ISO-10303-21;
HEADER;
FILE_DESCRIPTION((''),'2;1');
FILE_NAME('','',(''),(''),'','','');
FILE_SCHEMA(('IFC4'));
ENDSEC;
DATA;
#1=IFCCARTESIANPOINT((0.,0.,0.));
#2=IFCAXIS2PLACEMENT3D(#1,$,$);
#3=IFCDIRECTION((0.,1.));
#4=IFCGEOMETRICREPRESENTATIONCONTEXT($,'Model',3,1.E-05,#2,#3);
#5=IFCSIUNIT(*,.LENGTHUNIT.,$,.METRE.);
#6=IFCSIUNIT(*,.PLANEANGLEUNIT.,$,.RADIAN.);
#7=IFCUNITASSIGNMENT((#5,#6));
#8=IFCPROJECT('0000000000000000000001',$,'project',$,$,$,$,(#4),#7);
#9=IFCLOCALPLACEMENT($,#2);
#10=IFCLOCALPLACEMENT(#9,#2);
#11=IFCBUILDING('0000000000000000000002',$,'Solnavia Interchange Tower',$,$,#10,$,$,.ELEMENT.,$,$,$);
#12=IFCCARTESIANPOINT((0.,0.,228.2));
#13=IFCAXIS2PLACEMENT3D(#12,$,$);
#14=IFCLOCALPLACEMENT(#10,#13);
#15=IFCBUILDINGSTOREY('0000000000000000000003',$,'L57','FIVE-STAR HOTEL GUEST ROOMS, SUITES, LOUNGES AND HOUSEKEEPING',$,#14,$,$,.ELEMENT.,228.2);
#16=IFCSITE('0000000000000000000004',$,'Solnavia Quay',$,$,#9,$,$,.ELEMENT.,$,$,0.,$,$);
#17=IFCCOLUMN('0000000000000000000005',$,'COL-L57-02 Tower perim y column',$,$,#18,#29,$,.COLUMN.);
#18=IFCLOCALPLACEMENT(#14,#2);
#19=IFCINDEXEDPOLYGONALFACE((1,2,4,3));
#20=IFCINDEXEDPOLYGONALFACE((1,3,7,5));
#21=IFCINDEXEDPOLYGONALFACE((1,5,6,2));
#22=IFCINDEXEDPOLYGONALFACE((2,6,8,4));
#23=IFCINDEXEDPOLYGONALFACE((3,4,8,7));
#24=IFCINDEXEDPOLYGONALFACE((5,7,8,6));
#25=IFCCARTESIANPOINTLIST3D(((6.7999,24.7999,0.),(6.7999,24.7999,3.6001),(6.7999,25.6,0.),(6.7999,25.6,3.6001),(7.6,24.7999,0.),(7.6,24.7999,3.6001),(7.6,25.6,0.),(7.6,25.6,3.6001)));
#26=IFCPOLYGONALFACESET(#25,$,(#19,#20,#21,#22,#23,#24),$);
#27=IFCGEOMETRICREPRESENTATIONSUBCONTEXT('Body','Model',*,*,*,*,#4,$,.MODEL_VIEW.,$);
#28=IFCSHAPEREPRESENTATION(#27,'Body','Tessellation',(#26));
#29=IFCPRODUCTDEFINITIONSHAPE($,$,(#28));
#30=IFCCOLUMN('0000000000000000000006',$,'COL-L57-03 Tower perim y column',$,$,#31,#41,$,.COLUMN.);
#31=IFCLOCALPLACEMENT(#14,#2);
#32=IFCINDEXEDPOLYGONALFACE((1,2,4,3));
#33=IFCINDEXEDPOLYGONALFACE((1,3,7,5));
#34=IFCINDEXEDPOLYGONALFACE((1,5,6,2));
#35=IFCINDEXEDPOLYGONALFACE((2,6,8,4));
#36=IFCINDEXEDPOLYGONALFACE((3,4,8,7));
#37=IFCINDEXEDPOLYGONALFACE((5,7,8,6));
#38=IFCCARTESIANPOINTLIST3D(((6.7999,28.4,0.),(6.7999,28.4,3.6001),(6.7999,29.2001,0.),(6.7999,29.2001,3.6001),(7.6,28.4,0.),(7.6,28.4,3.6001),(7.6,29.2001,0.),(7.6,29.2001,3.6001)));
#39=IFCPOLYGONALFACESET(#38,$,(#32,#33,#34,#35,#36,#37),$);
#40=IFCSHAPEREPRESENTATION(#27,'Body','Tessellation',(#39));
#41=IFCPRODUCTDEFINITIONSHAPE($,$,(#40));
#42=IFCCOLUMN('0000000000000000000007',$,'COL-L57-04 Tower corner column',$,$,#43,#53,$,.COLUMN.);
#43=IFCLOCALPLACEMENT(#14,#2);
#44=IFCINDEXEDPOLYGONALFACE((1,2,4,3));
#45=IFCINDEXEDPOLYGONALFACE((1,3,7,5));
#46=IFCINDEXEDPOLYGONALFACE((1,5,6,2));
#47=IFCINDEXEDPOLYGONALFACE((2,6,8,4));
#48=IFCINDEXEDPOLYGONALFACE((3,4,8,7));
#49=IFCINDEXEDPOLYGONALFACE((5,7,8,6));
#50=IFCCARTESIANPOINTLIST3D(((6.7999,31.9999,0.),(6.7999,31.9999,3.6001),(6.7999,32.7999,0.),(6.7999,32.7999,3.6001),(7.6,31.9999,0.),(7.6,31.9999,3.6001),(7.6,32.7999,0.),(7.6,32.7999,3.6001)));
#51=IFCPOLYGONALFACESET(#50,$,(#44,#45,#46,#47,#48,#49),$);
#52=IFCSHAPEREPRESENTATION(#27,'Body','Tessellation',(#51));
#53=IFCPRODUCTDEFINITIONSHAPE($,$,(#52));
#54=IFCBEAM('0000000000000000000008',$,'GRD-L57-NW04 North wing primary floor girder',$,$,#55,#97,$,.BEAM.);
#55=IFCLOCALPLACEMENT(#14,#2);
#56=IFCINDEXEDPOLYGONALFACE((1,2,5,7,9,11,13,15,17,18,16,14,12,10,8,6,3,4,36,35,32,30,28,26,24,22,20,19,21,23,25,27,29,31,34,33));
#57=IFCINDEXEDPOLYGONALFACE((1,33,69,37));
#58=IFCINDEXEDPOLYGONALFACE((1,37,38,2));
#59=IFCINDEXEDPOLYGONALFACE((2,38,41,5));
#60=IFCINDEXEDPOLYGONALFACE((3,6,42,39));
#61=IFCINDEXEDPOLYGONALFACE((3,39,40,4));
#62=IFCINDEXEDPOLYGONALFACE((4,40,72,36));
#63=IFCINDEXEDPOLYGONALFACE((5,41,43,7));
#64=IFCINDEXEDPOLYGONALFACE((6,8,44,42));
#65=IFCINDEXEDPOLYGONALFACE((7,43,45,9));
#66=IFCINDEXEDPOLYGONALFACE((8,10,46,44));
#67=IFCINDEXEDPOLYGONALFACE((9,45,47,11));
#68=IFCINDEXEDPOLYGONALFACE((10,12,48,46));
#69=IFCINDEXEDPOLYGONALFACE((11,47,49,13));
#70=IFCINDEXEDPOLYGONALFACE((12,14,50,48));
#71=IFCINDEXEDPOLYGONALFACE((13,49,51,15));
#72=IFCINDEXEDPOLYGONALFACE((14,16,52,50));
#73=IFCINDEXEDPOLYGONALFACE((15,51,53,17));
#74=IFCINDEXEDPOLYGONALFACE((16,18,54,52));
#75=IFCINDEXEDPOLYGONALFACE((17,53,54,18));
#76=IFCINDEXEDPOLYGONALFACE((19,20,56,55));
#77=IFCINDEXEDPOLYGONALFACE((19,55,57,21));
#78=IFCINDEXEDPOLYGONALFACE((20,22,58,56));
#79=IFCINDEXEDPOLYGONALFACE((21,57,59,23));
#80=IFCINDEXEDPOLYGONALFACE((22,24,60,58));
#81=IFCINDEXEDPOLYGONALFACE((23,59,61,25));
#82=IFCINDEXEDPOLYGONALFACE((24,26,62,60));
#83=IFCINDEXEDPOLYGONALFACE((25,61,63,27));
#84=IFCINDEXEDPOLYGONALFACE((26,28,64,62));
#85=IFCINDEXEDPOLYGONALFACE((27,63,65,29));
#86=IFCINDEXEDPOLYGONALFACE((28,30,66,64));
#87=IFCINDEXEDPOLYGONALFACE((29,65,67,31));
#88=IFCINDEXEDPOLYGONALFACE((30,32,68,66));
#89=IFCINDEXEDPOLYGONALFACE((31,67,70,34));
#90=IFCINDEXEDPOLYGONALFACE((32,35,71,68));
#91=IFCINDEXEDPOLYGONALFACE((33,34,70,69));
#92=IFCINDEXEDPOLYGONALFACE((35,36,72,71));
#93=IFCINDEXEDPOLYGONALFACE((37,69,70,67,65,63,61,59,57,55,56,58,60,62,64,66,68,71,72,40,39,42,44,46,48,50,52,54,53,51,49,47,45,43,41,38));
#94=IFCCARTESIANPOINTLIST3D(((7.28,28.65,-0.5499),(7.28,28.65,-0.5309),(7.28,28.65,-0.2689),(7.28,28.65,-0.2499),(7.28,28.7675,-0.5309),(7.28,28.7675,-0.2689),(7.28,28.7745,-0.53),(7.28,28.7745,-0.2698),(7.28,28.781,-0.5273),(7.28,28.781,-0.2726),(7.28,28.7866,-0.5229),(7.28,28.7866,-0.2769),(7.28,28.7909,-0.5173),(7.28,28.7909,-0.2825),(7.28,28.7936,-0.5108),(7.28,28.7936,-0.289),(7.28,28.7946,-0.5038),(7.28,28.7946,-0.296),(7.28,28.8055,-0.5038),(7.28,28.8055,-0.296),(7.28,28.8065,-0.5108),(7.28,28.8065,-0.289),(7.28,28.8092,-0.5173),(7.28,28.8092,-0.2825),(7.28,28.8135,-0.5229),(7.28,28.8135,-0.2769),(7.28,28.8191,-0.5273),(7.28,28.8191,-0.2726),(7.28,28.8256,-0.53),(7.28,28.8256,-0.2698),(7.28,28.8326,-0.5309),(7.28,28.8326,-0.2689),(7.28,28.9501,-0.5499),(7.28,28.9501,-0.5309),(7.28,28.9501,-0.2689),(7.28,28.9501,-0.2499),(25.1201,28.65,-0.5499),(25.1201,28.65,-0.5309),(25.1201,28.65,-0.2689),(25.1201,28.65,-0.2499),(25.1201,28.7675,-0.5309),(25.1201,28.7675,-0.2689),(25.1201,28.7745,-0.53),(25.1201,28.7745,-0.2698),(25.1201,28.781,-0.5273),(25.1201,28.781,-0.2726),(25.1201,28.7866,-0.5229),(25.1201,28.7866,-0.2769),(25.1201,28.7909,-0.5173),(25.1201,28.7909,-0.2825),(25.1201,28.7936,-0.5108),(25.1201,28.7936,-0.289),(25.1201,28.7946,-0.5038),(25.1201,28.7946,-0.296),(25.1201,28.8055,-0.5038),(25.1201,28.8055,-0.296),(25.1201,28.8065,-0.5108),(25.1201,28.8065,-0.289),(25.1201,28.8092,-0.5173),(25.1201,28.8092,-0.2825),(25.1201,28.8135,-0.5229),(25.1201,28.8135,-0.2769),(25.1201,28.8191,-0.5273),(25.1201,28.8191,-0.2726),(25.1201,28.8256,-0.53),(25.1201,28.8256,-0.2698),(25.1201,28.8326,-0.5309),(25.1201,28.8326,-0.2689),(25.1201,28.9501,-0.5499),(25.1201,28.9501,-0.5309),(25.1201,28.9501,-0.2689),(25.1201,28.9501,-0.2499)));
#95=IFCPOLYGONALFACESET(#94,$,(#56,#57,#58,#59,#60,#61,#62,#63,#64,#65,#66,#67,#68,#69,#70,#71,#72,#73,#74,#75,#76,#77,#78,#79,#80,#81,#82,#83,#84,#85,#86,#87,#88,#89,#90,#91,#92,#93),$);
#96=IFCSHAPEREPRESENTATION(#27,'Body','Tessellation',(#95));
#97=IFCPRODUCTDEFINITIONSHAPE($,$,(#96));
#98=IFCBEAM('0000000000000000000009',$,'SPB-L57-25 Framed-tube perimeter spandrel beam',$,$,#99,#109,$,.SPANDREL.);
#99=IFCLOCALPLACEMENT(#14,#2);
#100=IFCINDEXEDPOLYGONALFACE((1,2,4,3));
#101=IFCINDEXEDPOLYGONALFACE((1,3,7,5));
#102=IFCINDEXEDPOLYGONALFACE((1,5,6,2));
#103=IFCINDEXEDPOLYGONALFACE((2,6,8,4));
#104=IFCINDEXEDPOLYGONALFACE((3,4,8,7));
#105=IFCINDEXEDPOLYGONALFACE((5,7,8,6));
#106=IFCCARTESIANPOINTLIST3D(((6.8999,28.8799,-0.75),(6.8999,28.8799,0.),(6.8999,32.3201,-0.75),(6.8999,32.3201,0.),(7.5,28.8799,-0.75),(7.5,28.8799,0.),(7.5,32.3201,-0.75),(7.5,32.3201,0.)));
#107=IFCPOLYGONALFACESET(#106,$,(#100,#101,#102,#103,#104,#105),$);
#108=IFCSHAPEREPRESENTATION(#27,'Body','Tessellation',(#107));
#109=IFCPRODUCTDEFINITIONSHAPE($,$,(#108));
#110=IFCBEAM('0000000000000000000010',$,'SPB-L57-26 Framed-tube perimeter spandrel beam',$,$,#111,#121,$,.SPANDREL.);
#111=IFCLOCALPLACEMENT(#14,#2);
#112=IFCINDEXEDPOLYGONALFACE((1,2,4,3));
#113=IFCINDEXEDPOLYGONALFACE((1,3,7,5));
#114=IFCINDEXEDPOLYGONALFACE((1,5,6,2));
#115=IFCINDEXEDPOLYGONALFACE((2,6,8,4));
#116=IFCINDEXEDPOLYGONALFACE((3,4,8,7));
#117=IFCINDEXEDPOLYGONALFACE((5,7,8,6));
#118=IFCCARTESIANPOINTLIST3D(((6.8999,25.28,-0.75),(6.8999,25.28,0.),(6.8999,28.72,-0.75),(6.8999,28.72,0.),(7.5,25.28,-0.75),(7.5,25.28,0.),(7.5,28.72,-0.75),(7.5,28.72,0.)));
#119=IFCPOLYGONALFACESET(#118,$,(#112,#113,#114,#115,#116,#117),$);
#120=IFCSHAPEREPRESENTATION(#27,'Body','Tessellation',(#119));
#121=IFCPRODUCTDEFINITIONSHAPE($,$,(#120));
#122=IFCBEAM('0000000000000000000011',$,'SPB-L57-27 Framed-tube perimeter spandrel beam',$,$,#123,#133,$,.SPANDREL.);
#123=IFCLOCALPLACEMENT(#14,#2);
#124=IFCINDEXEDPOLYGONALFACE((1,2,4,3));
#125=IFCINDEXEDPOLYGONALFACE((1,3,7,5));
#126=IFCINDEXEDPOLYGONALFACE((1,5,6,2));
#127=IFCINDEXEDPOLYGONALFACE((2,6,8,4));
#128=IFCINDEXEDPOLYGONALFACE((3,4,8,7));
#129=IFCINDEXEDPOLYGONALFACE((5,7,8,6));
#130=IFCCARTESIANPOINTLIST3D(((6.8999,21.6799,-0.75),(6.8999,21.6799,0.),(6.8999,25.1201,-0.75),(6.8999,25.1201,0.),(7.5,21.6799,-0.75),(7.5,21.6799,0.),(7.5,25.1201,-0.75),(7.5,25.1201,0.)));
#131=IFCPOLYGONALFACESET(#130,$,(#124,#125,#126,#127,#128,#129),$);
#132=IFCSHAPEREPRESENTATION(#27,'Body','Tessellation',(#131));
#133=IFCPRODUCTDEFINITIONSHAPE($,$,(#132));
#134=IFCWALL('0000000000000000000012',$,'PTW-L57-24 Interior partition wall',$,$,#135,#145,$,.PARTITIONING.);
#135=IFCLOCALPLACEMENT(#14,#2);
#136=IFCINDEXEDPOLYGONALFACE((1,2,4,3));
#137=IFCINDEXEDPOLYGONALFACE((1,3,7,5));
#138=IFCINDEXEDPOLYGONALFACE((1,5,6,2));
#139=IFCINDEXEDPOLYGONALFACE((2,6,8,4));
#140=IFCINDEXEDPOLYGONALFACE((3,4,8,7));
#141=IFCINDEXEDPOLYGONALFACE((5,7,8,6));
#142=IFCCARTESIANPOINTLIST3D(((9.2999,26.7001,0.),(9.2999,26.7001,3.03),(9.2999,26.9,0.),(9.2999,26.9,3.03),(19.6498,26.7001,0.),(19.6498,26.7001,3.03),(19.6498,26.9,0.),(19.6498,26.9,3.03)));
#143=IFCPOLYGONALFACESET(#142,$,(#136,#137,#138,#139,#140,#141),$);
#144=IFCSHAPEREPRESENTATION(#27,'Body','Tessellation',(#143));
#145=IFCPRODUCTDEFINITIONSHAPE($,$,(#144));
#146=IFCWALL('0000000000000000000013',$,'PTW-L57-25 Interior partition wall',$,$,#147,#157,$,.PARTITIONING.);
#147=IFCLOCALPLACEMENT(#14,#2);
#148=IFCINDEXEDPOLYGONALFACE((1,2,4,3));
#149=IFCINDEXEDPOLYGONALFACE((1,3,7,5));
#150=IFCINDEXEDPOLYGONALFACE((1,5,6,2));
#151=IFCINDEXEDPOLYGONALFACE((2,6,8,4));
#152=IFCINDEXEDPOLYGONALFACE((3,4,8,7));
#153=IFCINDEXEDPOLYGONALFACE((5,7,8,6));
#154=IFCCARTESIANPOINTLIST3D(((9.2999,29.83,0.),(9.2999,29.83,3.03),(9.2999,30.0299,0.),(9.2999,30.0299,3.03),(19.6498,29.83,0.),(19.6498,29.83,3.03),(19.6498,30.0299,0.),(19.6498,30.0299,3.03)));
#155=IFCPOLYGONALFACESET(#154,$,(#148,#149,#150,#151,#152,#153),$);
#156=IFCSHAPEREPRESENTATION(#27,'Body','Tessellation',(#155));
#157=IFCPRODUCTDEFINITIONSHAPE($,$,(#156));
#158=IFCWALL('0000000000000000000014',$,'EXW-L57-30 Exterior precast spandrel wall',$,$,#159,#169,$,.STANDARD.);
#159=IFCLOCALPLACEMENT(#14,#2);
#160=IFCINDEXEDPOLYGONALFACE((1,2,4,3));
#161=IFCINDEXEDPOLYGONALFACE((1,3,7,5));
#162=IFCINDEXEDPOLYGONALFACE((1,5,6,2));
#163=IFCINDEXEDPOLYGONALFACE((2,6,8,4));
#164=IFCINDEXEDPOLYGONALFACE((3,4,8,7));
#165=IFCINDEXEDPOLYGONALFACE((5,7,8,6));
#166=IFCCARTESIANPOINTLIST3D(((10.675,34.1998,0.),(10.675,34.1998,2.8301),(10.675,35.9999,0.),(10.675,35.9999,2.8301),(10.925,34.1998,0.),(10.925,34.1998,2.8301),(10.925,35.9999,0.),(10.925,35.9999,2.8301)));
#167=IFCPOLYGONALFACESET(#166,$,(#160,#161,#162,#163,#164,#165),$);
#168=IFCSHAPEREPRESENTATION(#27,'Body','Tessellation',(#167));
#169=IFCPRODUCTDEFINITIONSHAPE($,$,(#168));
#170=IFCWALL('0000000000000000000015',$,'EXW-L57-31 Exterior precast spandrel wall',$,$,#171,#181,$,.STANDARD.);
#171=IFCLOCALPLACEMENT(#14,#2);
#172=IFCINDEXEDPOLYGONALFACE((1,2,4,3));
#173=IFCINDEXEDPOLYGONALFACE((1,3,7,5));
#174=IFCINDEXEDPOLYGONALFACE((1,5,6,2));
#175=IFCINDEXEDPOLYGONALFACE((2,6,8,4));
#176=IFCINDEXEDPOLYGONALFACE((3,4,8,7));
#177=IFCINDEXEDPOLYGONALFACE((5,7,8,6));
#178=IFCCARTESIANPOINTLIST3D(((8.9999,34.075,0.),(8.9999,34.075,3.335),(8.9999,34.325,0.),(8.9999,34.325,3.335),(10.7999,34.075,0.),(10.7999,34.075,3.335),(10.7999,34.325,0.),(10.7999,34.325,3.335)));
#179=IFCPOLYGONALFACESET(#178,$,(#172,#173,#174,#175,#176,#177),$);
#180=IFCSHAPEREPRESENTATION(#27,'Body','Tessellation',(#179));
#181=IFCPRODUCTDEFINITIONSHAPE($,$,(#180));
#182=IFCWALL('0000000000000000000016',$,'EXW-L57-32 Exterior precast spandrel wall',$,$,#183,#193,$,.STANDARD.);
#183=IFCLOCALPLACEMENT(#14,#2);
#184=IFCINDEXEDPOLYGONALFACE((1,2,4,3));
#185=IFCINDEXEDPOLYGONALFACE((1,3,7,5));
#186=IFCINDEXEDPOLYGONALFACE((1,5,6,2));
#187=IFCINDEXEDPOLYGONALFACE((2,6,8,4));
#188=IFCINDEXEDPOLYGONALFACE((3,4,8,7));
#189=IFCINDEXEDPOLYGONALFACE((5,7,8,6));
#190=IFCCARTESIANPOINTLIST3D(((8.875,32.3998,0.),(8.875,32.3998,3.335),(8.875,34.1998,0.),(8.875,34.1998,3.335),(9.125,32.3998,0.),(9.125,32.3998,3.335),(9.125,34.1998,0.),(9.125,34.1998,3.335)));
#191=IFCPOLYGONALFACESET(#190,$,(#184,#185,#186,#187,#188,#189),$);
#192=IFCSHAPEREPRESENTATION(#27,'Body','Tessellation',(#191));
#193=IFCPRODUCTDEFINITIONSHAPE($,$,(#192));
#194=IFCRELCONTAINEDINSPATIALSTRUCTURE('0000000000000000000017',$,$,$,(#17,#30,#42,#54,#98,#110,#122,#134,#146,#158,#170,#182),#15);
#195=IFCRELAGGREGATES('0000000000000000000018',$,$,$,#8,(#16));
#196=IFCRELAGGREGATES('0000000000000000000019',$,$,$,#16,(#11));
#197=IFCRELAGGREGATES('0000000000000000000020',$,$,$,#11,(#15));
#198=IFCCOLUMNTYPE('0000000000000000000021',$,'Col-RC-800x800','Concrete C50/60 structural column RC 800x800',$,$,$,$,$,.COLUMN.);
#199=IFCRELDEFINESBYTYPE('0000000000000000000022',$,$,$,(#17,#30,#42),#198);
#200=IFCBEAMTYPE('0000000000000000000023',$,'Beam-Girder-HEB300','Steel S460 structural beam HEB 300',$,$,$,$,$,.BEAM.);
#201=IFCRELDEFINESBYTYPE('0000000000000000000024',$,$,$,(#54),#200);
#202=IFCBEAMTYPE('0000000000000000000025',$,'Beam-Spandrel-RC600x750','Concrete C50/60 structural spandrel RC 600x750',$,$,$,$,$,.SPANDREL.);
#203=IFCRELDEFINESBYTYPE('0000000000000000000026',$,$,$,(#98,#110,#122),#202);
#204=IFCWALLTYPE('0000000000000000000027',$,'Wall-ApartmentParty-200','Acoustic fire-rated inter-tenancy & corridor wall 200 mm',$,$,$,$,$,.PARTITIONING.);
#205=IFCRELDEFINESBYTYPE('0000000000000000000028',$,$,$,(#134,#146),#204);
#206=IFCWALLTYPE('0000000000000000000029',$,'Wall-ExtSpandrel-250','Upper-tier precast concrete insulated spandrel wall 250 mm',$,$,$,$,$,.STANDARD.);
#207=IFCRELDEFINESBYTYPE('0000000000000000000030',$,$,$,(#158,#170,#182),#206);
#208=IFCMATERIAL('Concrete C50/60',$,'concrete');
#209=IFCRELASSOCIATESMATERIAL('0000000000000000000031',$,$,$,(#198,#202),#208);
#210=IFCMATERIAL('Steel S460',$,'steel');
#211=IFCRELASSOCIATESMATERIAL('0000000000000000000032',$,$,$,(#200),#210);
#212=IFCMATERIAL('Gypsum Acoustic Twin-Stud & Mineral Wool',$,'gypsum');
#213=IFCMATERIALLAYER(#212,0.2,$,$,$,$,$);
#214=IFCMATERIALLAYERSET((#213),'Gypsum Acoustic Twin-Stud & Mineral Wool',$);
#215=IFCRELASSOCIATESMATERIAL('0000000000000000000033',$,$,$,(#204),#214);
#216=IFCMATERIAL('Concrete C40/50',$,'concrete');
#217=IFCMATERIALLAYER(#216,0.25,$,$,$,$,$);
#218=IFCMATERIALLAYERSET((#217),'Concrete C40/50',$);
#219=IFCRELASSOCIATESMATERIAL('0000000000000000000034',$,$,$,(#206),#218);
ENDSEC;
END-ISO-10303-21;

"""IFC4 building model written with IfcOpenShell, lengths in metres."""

from ifc_helpers import new_model, si_unit, direction, frame, frame_2d, origin, origin_2d, place, context, subcontext, project, spatial, rectangle, i_section, extrude, material, layer, layer_set, material_profile, profile_set, type_object, element, save


model = new_model("IFC4")

# Units and contexts
model_context = context("Model", 3, precision=1e-05, world=origin(), true_north=direction((0.0, 1.0)))
body_context = subcontext(model_context, "Body", "Model", "MODEL_VIEW")
ifc_project = project(units=[si_unit("LENGTHUNIT", "METRE"), si_unit("PLANEANGLEUNIT", "RADIAN")], contexts=[model_context])

# Site, building, storey
site_placement = place(None, origin())
site = spatial("IfcSite", under=ifc_project, at=site_placement, Name="Solnavia Quay", CompositionType="ELEMENT", RefElevation=0.0)
building_placement = place(site_placement, origin())
building = spatial("IfcBuilding", under=site, at=building_placement, Name="Solnavia Interchange Tower", CompositionType="ELEMENT")
storey_placement = place(building_placement, frame((0.0, 0.0, 228.2)))
storey = spatial("IfcBuildingStorey", under=building, at=storey_placement, Name="L57", Description="FIVE-STAR HOTEL GUEST ROOMS, SUITES, LOUNGES AND HOUSEKEEPING", CompositionType="ELEMENT", Elevation=228.2)

# Columns
ifc_material_1 = material(Name="Concrete C50/60", Category="concrete")
ifc_material_profile_1 = material_profile(ifc_material_1, rectangle(XDim=0.8, YDim=0.8, at=origin_2d()), Name="RC 800x800")
ifc_profile_set_1 = profile_set([ifc_material_profile_1], Name="Concrete C50/60")
column_type = type_object("IfcColumnType", Name="Col-RC-800x800", Description="Concrete C50/60 structural column RC 800x800", PredefinedType="COLUMN", material=ifc_profile_set_1)
for number, where, z_axis, x_axis, name in (
    (1, (7.2, 25.2, 0.0), (0.0, 0.0, 1.0), (0.0, 1.0, 0.0), "COL-L57-02 Tower perim y column"),
    (2, (7.2, 28.8, 0.0), (0.0, 0.0, 1.0), (0.0, 1.0, 0.0), "COL-L57-03 Tower perim y column"),
    (3, (7.2, 32.3999, 0.0), (0.0, 0.0, 1.0), (0.0, 1.0, 0.0), "COL-L57-04 Tower corner column"),
):
    element("IfcColumn", number, at=place(storey_placement, frame(where, z_axis=z_axis, x_axis=x_axis)), inside=storey, type_object=column_type, Name=name, PredefinedType="COLUMN", context=body_context, shape_type="SweptSolid", body=[
        extrude(rectangle(XDim=0.8, YDim=0.8, at=origin_2d()), origin(), (0.0, 0.0, 1.0), 3.6001),
    ])

# Beams
ifc_material_2 = material(Name="Steel S460", Category="steel")
ifc_material_profile_2 = material_profile(ifc_material_2, i_section(OverallWidth=0.3, OverallDepth=0.3, WebThickness=0.011, FlangeThickness=0.019, FilletRadius=0.0271, at=origin_2d()), Name="HEB 300")
ifc_profile_set_2 = profile_set([ifc_material_profile_2], Name="Steel S460")
beam_type_1 = type_object("IfcBeamType", Name="Beam-Girder-HEB300", Description="Steel S460 structural beam HEB 300", PredefinedType="BEAM", material=ifc_profile_set_2)
beam_1_placement = place(storey_placement, frame((7.28, 28.8, -0.3999), z_axis=(1.0, 0.0, 0.0), x_axis=(0.0, 1.0, 0.0)))
element("IfcBeam", 4, at=beam_1_placement, inside=storey, type_object=beam_type_1, Name="GRD-L57-NW04 North wing primary floor girder", PredefinedType="BEAM", context=body_context, shape_type="SweptSolid", body=[
    extrude(i_section(OverallWidth=0.3, OverallDepth=0.3, WebThickness=0.011, FlangeThickness=0.019, FilletRadius=0.0271, at=origin_2d()), origin(), (0.0, 0.0, 1.0), 17.8401),
])
ifc_material_profile_3 = material_profile(ifc_material_1, rectangle(XDim=0.6001, YDim=0.75, at=origin_2d()), Name="RC 600x750")
ifc_profile_set_3 = profile_set([ifc_material_profile_3], Name="Concrete C50/60")
beam_type_2 = type_object("IfcBeamType", Name="Beam-Spandrel-RC600x750", Description="Concrete C50/60 structural spandrel RC 600x750", PredefinedType="SPANDREL", material=ifc_profile_set_3)
beam_2_placement = place(storey_placement, frame((7.2, 32.3201, -0.375), z_axis=(0.0, -1.0, 0.0), x_axis=(1.0, 0.0, 0.0)))
element("IfcBeam", 5, at=beam_2_placement, inside=storey, type_object=beam_type_2, Name="SPB-L57-25 Framed-tube perimeter spandrel beam", PredefinedType="SPANDREL", context=body_context, shape_type="SweptSolid", body=[
    extrude(rectangle(XDim=0.6001, YDim=0.75, at=origin_2d()), origin(), (0.0, 0.0, 1.0), 3.4402),
])
beam_3_placement = place(storey_placement, frame((7.2, 28.72, -0.375), z_axis=(0.0, -1.0, 0.0), x_axis=(1.0, 0.0, 0.0)))
element("IfcBeam", 6, at=beam_3_placement, inside=storey, type_object=beam_type_2, Name="SPB-L57-26 Framed-tube perimeter spandrel beam", PredefinedType="SPANDREL", context=body_context, shape_type="SweptSolid", body=[
    extrude(rectangle(XDim=0.6001, YDim=0.75, at=origin_2d()), origin(), (0.0, 0.0, 1.0), 3.4399),
])
beam_4_placement = place(storey_placement, frame((7.2, 25.1201, -0.375), z_axis=(0.0, -1.0, 0.0), x_axis=(1.0, 0.0, 0.0)))
element("IfcBeam", 7, at=beam_4_placement, inside=storey, type_object=beam_type_2, Name="SPB-L57-27 Framed-tube perimeter spandrel beam", PredefinedType="SPANDREL", context=body_context, shape_type="SweptSolid", body=[
    extrude(rectangle(XDim=0.6001, YDim=0.75, at=origin_2d()), origin(), (0.0, 0.0, 1.0), 3.4402),
])

# Walls
ifc_material_3 = material(Name="Gypsum Acoustic Twin-Stud & Mineral Wool", Category="gypsum")
ifc_layer_1 = layer(ifc_material_3, 0.2)
ifc_layer_set_1 = layer_set([ifc_layer_1], Name="Gypsum Acoustic Twin-Stud & Mineral Wool")
wall_type_1 = type_object("IfcWallType", Name="Wall-ApartmentParty-200", Description="Acoustic fire-rated inter-tenancy & corridor wall 200 mm", PredefinedType="PARTITIONING", material=ifc_layer_set_1)
for number, where, z_axis, x_axis, name in (
    (8, (9.3, 26.8, 0.0), (0.0, 0.0, 1.0), (1.0, 0.0, 0.0), "PTW-L57-24 Interior partition wall"),
    (9, (9.3, 29.9299, 0.0), (0.0, 0.0, 1.0), (1.0, 0.0, 0.0), "PTW-L57-25 Interior partition wall"),
):
    element("IfcWall", number, at=place(storey_placement, frame(where, z_axis=z_axis, x_axis=x_axis)), inside=storey, type_object=wall_type_1, Name=name, PredefinedType="PARTITIONING", context=body_context, shape_type="SweptSolid", body=[
        extrude(rectangle(XDim=10.3499, YDim=0.2, at=frame_2d((5.1748, 0.0))), origin(), (0.0, 0.0, 1.0), 3.03),
    ])
ifc_material_4 = material(Name="Concrete C40/50", Category="concrete")
ifc_layer_2 = layer(ifc_material_4, 0.25)
ifc_layer_set_2 = layer_set([ifc_layer_2], Name="Concrete C40/50")
wall_type_2 = type_object("IfcWallType", Name="Wall-ExtSpandrel-250", Description="Upper-tier precast concrete insulated spandrel wall 250 mm", PredefinedType="STANDARD", material=ifc_layer_set_2)
wall_1_placement = place(storey_placement, frame((10.8, 34.2, 0.0), z_axis=(0.0, 0.0, 1.0), x_axis=(0.0, 1.0, 0.0)))
element("IfcWall", 10, at=wall_1_placement, inside=storey, type_object=wall_type_2, Name="EXW-L57-30 Exterior precast spandrel wall", PredefinedType="STANDARD", context=body_context, shape_type="SweptSolid", body=[
    extrude(rectangle(XDim=1.8, YDim=0.25, at=frame_2d((0.8999, 0.0))), origin(), (0.0, 0.0, 1.0), 2.8301),
])
for number, where, z_axis, x_axis, name in (
    (11, (9.0, 34.2, 0.0), (0.0, 0.0, 1.0), (1.0, 0.0, 0.0), "EXW-L57-31 Exterior precast spandrel wall"),
    (12, (9.0, 32.3999, 0.0), (0.0, 0.0, 1.0), (0.0, 1.0, 0.0), "EXW-L57-32 Exterior precast spandrel wall"),
):
    element("IfcWall", number, at=place(storey_placement, frame(where, z_axis=z_axis, x_axis=x_axis)), inside=storey, type_object=wall_type_2, Name=name, PredefinedType="STANDARD", context=body_context, shape_type="SweptSolid", body=[
        extrude(rectangle(XDim=1.8, YDim=0.25, at=frame_2d((0.8999, 0.0))), origin(), (0.0, 0.0, 1.0), 3.335),
    ])

save(model, "model.ifc")
